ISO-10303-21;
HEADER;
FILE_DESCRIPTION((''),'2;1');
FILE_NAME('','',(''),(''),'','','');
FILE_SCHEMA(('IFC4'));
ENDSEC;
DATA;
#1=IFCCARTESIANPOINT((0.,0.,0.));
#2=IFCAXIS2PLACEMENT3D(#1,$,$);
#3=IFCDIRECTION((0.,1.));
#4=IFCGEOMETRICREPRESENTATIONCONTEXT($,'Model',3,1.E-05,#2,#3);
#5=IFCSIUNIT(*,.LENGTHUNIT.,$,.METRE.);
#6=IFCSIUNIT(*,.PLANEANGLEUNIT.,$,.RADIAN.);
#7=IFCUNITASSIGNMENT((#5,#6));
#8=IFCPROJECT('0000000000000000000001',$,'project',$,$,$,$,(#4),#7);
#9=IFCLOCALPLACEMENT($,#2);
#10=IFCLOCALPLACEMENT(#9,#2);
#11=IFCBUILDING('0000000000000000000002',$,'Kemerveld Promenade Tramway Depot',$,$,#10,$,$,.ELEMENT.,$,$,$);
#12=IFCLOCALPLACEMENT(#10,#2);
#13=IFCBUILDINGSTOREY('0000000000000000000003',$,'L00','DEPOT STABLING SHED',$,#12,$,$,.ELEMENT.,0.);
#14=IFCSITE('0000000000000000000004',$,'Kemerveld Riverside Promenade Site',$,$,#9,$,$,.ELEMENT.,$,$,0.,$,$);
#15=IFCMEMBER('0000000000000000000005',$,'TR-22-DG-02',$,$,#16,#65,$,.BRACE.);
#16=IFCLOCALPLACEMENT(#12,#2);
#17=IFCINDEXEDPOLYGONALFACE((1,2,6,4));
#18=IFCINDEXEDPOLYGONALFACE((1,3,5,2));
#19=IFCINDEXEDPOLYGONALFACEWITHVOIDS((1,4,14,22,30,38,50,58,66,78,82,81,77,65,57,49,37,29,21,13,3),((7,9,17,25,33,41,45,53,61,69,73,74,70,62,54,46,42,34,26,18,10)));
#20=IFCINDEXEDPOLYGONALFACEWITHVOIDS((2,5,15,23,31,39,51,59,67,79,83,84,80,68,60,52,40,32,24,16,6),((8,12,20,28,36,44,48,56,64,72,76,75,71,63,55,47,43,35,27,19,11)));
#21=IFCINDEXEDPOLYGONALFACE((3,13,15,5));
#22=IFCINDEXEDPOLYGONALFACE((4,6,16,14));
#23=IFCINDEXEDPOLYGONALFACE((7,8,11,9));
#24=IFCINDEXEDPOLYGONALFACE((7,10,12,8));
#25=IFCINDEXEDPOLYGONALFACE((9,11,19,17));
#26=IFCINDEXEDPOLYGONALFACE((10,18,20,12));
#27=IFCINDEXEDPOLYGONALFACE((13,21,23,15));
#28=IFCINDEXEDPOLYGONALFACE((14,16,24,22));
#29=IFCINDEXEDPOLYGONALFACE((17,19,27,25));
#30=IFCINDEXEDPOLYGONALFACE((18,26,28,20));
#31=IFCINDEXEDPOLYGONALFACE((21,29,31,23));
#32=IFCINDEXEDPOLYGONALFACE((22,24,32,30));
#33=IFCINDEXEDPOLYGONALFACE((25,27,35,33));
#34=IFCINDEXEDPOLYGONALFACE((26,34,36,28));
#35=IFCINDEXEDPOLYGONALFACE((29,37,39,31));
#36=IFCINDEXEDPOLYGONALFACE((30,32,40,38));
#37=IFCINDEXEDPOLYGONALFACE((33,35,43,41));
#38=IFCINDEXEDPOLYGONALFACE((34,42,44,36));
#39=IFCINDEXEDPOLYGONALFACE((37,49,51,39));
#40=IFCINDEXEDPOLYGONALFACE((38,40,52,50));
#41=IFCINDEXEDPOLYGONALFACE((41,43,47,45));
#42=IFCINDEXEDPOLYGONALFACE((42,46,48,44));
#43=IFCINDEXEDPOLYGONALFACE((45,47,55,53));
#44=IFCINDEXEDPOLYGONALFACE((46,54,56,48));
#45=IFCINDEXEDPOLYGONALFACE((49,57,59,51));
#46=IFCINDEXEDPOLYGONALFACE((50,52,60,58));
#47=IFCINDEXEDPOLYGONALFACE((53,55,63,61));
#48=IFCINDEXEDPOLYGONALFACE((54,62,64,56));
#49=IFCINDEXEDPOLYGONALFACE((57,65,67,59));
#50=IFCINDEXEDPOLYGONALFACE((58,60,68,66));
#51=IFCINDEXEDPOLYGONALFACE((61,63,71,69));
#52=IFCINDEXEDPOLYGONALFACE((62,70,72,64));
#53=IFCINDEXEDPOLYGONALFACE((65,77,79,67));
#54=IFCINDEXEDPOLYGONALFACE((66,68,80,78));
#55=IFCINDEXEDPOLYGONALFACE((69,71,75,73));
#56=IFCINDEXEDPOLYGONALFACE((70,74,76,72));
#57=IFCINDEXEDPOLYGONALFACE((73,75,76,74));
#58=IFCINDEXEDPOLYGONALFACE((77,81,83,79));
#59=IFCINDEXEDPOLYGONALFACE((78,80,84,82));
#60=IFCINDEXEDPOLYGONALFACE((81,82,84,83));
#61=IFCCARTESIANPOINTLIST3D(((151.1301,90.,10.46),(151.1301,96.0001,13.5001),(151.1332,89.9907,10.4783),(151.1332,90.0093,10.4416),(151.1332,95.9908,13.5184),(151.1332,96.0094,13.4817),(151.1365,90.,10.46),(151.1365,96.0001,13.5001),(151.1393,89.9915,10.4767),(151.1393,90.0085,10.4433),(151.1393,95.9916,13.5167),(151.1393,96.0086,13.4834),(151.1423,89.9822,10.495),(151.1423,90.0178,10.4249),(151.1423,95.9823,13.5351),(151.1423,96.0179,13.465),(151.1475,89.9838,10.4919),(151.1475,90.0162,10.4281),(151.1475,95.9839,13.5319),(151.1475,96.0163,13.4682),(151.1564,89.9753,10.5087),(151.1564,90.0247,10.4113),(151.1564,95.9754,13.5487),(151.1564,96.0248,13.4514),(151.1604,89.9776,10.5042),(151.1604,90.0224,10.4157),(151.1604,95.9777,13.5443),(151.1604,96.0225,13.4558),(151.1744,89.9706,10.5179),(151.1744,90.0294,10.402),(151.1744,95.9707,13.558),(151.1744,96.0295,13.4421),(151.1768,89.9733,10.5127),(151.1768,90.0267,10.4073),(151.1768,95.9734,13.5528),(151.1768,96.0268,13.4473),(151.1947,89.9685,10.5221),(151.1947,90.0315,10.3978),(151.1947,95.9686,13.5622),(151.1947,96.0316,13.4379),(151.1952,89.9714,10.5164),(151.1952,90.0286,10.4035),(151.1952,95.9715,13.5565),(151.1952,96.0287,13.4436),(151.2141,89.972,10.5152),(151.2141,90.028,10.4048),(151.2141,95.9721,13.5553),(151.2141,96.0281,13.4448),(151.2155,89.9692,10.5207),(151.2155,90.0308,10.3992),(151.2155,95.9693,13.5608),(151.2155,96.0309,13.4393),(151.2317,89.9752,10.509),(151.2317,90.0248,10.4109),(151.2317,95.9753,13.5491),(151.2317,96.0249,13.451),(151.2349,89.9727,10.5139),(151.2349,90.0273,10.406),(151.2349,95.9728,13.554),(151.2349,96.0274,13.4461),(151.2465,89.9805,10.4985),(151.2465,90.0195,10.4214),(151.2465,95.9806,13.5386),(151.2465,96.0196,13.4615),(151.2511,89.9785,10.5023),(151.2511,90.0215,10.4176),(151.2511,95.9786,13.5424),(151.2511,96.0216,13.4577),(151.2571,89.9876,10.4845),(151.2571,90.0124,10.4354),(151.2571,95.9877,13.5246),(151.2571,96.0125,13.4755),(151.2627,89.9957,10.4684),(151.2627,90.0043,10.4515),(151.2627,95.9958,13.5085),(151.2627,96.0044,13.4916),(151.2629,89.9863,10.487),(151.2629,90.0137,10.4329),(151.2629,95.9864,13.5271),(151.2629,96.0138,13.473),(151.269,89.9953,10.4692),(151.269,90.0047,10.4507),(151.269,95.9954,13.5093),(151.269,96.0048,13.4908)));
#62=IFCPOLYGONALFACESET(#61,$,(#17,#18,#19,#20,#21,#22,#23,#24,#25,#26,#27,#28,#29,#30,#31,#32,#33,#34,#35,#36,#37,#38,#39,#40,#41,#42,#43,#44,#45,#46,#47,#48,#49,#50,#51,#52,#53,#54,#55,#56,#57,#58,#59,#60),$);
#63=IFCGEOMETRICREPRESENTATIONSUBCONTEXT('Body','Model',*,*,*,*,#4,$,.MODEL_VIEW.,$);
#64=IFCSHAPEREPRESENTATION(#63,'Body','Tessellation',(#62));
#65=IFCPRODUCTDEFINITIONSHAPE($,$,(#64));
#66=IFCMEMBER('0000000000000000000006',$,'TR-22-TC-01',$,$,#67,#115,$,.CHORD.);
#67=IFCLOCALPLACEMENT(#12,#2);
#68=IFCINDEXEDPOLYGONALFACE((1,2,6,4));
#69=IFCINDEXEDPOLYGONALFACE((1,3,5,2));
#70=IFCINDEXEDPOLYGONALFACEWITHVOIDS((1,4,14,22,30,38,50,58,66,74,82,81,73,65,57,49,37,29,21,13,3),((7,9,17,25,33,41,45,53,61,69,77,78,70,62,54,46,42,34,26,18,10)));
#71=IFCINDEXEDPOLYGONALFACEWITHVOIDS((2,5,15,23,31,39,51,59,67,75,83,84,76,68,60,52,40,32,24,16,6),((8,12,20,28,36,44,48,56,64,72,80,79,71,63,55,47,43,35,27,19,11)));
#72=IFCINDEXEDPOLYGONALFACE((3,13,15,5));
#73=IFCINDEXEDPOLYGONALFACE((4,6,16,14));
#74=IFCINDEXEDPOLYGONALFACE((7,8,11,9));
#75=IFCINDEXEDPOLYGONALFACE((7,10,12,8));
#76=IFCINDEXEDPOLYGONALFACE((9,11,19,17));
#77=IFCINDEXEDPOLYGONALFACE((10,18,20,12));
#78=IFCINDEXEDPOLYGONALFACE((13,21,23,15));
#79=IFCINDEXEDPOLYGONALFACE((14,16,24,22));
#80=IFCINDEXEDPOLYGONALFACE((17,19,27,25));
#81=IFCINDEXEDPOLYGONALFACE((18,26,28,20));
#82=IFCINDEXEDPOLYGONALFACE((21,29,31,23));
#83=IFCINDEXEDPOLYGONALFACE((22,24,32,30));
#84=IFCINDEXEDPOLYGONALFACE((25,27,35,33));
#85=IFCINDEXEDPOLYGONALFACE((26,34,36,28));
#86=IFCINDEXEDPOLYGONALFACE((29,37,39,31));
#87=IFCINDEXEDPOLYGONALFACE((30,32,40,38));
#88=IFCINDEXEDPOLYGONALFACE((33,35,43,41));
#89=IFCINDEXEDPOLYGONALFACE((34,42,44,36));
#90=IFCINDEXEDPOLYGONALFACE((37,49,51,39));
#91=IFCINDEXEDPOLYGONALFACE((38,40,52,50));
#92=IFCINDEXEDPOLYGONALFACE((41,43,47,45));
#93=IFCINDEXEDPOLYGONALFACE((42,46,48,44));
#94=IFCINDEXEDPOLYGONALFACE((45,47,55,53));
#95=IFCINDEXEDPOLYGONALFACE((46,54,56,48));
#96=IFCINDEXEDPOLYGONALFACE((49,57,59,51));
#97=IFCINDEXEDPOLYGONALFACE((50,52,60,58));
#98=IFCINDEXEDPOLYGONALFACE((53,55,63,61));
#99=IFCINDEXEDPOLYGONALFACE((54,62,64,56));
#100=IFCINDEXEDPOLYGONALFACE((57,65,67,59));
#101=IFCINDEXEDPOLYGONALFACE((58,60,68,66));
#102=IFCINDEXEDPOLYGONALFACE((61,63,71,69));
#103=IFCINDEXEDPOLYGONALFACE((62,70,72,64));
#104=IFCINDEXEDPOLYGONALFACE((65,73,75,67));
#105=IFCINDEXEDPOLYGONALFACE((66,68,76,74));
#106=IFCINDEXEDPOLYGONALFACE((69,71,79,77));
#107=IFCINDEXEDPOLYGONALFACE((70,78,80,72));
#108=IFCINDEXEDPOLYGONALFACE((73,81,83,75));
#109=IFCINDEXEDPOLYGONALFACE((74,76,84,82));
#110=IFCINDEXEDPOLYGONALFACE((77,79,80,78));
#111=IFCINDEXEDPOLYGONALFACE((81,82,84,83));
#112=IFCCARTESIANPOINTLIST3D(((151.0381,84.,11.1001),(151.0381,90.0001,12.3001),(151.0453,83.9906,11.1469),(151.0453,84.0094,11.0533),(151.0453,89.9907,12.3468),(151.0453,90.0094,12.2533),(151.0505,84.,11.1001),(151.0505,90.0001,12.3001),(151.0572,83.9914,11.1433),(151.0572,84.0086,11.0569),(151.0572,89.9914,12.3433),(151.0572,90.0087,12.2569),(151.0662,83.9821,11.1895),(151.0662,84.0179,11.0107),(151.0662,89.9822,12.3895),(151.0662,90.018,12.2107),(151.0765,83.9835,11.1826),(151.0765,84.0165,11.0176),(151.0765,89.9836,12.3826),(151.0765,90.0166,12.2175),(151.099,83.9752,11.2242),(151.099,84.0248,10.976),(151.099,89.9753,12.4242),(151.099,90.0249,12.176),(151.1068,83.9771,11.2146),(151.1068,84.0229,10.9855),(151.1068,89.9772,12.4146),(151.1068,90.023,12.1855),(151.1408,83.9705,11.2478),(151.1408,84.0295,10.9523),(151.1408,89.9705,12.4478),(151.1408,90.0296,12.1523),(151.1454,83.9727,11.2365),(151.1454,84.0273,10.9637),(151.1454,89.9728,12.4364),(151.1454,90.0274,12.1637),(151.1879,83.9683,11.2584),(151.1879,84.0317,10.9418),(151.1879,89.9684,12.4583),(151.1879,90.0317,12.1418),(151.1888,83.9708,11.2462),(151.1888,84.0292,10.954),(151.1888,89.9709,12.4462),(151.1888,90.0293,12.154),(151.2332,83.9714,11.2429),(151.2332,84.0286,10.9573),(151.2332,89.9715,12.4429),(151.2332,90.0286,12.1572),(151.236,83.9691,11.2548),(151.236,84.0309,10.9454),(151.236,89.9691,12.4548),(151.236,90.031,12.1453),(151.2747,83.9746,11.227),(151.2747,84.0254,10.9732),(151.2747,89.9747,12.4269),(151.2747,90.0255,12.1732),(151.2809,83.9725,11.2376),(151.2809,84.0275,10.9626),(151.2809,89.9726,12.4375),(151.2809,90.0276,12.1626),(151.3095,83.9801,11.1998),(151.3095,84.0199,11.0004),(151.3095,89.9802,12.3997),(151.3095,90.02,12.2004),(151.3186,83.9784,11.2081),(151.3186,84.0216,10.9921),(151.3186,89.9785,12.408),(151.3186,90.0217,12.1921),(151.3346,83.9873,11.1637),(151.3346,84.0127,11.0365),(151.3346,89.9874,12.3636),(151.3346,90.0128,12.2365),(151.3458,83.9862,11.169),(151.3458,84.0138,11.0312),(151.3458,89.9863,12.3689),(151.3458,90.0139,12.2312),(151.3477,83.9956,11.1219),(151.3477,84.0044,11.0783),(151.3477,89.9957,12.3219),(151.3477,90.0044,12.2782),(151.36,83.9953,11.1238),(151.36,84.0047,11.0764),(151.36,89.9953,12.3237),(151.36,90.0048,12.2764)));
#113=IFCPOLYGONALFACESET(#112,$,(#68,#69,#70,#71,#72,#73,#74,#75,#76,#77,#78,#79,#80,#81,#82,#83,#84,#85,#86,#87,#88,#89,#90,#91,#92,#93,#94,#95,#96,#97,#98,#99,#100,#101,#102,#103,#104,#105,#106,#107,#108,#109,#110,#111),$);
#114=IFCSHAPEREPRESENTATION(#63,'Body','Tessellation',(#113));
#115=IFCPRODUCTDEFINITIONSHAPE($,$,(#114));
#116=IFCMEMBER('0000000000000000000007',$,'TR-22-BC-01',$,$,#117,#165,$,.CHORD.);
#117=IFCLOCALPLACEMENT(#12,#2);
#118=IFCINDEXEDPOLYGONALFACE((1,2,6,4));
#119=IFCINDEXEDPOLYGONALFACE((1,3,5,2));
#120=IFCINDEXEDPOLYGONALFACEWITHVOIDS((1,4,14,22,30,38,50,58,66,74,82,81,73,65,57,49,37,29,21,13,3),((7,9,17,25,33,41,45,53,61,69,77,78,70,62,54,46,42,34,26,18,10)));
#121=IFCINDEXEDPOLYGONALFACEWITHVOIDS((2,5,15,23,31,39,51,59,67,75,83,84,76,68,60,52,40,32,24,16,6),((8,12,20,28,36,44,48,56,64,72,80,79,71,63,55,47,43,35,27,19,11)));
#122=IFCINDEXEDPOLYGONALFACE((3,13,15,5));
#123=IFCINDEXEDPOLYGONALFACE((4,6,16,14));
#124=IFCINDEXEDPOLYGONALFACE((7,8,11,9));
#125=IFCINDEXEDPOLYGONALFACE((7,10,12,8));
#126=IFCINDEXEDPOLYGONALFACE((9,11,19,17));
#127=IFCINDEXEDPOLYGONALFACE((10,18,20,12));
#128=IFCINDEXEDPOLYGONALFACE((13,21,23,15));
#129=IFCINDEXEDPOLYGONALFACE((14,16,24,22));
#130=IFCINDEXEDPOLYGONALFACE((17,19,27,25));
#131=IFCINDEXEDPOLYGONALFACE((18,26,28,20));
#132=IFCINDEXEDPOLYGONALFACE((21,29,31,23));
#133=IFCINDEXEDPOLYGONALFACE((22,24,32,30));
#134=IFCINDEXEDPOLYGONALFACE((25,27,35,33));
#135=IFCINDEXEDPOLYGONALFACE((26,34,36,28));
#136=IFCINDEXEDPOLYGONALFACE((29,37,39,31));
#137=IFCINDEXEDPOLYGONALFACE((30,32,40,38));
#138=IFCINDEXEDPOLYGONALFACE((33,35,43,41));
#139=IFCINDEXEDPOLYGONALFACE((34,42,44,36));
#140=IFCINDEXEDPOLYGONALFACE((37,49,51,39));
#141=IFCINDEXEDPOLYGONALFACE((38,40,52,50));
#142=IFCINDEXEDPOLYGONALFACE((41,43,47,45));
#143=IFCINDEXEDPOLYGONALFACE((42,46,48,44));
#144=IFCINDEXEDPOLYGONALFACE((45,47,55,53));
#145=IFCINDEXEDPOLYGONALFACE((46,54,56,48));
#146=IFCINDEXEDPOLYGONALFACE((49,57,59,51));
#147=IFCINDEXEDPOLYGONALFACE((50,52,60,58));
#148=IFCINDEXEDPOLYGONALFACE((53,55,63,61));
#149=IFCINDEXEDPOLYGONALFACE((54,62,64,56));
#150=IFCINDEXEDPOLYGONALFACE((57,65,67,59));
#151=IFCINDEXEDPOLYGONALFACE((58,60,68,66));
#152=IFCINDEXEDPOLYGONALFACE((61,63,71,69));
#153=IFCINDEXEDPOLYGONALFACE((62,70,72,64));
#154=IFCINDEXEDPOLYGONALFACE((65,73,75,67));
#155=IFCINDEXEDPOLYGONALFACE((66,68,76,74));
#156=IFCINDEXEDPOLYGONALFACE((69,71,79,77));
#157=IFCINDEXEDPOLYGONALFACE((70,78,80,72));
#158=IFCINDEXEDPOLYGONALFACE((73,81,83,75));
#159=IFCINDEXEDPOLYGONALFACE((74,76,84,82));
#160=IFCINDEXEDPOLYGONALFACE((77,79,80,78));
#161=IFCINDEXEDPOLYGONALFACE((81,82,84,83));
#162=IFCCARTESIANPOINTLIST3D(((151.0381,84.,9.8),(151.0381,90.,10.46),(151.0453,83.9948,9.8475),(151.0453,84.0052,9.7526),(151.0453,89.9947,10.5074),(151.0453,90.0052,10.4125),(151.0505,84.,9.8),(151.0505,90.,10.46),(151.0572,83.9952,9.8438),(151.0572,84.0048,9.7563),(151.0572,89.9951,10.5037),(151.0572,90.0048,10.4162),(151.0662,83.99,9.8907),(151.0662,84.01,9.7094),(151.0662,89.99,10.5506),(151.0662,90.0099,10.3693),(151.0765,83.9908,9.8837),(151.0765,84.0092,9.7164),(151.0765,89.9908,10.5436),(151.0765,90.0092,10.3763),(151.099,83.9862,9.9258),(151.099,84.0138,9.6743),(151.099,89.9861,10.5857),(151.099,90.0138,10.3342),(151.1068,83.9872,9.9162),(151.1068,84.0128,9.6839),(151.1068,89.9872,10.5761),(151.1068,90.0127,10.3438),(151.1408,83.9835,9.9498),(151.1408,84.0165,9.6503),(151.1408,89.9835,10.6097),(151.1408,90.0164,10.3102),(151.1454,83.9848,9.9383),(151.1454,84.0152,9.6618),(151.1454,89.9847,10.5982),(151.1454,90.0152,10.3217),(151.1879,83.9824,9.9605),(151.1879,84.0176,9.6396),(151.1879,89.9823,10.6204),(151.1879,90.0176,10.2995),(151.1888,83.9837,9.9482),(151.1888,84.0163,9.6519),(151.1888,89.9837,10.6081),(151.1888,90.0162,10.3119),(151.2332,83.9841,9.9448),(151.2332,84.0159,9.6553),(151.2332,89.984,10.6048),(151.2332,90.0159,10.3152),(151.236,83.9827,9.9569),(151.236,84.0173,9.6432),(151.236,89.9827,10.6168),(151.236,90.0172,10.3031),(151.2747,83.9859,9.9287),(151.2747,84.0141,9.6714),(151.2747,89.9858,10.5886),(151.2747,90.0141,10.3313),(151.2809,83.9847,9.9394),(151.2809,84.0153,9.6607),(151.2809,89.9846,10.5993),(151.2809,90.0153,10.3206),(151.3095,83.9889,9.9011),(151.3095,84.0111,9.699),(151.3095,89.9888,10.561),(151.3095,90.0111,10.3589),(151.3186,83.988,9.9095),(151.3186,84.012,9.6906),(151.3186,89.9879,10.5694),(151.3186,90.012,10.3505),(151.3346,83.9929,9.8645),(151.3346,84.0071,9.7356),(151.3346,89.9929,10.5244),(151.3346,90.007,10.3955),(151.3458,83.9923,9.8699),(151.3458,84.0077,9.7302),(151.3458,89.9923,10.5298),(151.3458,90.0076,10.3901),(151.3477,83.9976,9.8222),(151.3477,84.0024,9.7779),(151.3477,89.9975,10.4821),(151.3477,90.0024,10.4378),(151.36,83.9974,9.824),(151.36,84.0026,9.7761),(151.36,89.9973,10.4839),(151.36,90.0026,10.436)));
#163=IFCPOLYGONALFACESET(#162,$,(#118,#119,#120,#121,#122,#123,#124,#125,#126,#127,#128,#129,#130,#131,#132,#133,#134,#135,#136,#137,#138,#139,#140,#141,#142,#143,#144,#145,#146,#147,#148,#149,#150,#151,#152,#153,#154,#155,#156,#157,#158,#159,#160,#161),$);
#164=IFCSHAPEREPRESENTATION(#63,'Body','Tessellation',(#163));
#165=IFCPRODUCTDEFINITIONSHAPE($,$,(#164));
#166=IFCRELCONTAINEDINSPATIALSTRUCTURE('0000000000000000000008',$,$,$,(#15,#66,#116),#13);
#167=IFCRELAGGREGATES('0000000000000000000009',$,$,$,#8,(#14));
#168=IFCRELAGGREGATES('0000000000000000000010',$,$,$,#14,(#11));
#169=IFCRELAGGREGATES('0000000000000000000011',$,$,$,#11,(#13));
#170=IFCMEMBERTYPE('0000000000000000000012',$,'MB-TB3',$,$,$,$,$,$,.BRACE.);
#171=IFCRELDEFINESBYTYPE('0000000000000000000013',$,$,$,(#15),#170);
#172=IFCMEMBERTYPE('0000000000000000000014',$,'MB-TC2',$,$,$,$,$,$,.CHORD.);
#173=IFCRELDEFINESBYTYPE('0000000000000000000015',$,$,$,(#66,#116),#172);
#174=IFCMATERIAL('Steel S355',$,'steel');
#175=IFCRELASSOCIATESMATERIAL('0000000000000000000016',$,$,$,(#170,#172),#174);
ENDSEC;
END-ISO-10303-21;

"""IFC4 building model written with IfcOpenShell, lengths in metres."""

from ifc_helpers import new_model, si_unit, direction, frame, origin, origin_2d, place, context, subcontext, project, spatial, hollow_circle, extrude, material, material_profile, profile_set, type_object, element, save


model = new_model("IFC4")

# Units and contexts
model_context = context("Model", 3, precision=1e-05, world=origin(), true_north=direction((0.0, 1.0)))
body_context = subcontext(model_context, "Body", "Model", "MODEL_VIEW")
ifc_project = project(units=[si_unit("LENGTHUNIT", "METRE"), si_unit("PLANEANGLEUNIT", "RADIAN")], contexts=[model_context])

# Site, building, storey
site_placement = place(None, origin())
site = spatial("IfcSite", under=ifc_project, at=site_placement, Name="Kemerveld Riverside Promenade Site", CompositionType="ELEMENT", RefElevation=0.0)
building_placement = place(site_placement, origin())
building = spatial("IfcBuilding", under=site, at=building_placement, Name="Kemerveld Promenade Tramway Depot", CompositionType="ELEMENT")
storey_placement = place(building_placement, origin())
storey = spatial("IfcBuildingStorey", under=building, at=storey_placement, Name="L00", Description="DEPOT STABLING SHED", CompositionType="ELEMENT", Elevation=0.0)

# Shared definitions
ifc_material_1 = material(Name="Steel S355", Category="steel")

# Members
ifc_material_profile_1 = material_profile(ifc_material_1, hollow_circle(Radius=0.0698, WallThickness=0.0063, at=origin_2d()), Name="139.7x6.3 CHS")
ifc_profile_set_1 = profile_set([ifc_material_profile_1], Name="Steel S355")
member_type_1 = type_object("IfcMemberType", Name="MB-TB3", PredefinedType="BRACE", material=ifc_profile_set_1)
member_1_placement = place(storey_placement, frame((151.2, 90.0, 10.46), z_axis=(0.0, 0.892033, 0.451969), x_axis=(-1.0, 0.0, 0.0)))
element("IfcMember", 1, at=member_1_placement, inside=storey, type_object=member_type_1, Name="TR-22-DG-02", PredefinedType="BRACE", context=body_context, shape_type="SweptSolid", body=[
    extrude(hollow_circle(Radius=0.0698, WallThickness=0.0063, at=origin_2d()), origin(), (0.0, 0.0, 1.0), 6.7263),
])
ifc_material_profile_2 = material_profile(ifc_material_1, hollow_circle(Radius=0.1619, WallThickness=0.0125, at=origin_2d()), Name="323.9x12.5 CHS")
ifc_profile_set_2 = profile_set([ifc_material_profile_2], Name="Steel S355")
member_type_2 = type_object("IfcMemberType", Name="MB-TC2", PredefinedType="CHORD", material=ifc_profile_set_2)
member_2_placement = place(storey_placement, frame((151.2, 84.0, 11.1001), z_axis=(0.0, 0.980582, 0.196108), x_axis=(-1.0, 0.0, 0.0)))
element("IfcMember", 2, at=member_2_placement, inside=storey, type_object=member_type_2, Name="TR-22-TC-01", PredefinedType="CHORD", context=body_context, shape_type="SweptSolid", body=[
    extrude(hollow_circle(Radius=0.1619, WallThickness=0.0125, at=origin_2d()), origin(), (0.0, 0.0, 1.0), 6.1189),
])
member_3_placement = place(storey_placement, frame((151.2, 84.0, 9.8), z_axis=(0.0, 0.994006, 0.109326), x_axis=(-1.0, 0.0, 0.0)))
element("IfcMember", 3, at=member_3_placement, inside=storey, type_object=member_type_2, Name="TR-22-BC-01", PredefinedType="CHORD", context=body_context, shape_type="SweptSolid", body=[
    extrude(hollow_circle(Radius=0.1619, WallThickness=0.0125, at=origin_2d()), origin(), (0.0, 0.0, 1.0), 6.0361),
])

save(model, "model.ifc")
